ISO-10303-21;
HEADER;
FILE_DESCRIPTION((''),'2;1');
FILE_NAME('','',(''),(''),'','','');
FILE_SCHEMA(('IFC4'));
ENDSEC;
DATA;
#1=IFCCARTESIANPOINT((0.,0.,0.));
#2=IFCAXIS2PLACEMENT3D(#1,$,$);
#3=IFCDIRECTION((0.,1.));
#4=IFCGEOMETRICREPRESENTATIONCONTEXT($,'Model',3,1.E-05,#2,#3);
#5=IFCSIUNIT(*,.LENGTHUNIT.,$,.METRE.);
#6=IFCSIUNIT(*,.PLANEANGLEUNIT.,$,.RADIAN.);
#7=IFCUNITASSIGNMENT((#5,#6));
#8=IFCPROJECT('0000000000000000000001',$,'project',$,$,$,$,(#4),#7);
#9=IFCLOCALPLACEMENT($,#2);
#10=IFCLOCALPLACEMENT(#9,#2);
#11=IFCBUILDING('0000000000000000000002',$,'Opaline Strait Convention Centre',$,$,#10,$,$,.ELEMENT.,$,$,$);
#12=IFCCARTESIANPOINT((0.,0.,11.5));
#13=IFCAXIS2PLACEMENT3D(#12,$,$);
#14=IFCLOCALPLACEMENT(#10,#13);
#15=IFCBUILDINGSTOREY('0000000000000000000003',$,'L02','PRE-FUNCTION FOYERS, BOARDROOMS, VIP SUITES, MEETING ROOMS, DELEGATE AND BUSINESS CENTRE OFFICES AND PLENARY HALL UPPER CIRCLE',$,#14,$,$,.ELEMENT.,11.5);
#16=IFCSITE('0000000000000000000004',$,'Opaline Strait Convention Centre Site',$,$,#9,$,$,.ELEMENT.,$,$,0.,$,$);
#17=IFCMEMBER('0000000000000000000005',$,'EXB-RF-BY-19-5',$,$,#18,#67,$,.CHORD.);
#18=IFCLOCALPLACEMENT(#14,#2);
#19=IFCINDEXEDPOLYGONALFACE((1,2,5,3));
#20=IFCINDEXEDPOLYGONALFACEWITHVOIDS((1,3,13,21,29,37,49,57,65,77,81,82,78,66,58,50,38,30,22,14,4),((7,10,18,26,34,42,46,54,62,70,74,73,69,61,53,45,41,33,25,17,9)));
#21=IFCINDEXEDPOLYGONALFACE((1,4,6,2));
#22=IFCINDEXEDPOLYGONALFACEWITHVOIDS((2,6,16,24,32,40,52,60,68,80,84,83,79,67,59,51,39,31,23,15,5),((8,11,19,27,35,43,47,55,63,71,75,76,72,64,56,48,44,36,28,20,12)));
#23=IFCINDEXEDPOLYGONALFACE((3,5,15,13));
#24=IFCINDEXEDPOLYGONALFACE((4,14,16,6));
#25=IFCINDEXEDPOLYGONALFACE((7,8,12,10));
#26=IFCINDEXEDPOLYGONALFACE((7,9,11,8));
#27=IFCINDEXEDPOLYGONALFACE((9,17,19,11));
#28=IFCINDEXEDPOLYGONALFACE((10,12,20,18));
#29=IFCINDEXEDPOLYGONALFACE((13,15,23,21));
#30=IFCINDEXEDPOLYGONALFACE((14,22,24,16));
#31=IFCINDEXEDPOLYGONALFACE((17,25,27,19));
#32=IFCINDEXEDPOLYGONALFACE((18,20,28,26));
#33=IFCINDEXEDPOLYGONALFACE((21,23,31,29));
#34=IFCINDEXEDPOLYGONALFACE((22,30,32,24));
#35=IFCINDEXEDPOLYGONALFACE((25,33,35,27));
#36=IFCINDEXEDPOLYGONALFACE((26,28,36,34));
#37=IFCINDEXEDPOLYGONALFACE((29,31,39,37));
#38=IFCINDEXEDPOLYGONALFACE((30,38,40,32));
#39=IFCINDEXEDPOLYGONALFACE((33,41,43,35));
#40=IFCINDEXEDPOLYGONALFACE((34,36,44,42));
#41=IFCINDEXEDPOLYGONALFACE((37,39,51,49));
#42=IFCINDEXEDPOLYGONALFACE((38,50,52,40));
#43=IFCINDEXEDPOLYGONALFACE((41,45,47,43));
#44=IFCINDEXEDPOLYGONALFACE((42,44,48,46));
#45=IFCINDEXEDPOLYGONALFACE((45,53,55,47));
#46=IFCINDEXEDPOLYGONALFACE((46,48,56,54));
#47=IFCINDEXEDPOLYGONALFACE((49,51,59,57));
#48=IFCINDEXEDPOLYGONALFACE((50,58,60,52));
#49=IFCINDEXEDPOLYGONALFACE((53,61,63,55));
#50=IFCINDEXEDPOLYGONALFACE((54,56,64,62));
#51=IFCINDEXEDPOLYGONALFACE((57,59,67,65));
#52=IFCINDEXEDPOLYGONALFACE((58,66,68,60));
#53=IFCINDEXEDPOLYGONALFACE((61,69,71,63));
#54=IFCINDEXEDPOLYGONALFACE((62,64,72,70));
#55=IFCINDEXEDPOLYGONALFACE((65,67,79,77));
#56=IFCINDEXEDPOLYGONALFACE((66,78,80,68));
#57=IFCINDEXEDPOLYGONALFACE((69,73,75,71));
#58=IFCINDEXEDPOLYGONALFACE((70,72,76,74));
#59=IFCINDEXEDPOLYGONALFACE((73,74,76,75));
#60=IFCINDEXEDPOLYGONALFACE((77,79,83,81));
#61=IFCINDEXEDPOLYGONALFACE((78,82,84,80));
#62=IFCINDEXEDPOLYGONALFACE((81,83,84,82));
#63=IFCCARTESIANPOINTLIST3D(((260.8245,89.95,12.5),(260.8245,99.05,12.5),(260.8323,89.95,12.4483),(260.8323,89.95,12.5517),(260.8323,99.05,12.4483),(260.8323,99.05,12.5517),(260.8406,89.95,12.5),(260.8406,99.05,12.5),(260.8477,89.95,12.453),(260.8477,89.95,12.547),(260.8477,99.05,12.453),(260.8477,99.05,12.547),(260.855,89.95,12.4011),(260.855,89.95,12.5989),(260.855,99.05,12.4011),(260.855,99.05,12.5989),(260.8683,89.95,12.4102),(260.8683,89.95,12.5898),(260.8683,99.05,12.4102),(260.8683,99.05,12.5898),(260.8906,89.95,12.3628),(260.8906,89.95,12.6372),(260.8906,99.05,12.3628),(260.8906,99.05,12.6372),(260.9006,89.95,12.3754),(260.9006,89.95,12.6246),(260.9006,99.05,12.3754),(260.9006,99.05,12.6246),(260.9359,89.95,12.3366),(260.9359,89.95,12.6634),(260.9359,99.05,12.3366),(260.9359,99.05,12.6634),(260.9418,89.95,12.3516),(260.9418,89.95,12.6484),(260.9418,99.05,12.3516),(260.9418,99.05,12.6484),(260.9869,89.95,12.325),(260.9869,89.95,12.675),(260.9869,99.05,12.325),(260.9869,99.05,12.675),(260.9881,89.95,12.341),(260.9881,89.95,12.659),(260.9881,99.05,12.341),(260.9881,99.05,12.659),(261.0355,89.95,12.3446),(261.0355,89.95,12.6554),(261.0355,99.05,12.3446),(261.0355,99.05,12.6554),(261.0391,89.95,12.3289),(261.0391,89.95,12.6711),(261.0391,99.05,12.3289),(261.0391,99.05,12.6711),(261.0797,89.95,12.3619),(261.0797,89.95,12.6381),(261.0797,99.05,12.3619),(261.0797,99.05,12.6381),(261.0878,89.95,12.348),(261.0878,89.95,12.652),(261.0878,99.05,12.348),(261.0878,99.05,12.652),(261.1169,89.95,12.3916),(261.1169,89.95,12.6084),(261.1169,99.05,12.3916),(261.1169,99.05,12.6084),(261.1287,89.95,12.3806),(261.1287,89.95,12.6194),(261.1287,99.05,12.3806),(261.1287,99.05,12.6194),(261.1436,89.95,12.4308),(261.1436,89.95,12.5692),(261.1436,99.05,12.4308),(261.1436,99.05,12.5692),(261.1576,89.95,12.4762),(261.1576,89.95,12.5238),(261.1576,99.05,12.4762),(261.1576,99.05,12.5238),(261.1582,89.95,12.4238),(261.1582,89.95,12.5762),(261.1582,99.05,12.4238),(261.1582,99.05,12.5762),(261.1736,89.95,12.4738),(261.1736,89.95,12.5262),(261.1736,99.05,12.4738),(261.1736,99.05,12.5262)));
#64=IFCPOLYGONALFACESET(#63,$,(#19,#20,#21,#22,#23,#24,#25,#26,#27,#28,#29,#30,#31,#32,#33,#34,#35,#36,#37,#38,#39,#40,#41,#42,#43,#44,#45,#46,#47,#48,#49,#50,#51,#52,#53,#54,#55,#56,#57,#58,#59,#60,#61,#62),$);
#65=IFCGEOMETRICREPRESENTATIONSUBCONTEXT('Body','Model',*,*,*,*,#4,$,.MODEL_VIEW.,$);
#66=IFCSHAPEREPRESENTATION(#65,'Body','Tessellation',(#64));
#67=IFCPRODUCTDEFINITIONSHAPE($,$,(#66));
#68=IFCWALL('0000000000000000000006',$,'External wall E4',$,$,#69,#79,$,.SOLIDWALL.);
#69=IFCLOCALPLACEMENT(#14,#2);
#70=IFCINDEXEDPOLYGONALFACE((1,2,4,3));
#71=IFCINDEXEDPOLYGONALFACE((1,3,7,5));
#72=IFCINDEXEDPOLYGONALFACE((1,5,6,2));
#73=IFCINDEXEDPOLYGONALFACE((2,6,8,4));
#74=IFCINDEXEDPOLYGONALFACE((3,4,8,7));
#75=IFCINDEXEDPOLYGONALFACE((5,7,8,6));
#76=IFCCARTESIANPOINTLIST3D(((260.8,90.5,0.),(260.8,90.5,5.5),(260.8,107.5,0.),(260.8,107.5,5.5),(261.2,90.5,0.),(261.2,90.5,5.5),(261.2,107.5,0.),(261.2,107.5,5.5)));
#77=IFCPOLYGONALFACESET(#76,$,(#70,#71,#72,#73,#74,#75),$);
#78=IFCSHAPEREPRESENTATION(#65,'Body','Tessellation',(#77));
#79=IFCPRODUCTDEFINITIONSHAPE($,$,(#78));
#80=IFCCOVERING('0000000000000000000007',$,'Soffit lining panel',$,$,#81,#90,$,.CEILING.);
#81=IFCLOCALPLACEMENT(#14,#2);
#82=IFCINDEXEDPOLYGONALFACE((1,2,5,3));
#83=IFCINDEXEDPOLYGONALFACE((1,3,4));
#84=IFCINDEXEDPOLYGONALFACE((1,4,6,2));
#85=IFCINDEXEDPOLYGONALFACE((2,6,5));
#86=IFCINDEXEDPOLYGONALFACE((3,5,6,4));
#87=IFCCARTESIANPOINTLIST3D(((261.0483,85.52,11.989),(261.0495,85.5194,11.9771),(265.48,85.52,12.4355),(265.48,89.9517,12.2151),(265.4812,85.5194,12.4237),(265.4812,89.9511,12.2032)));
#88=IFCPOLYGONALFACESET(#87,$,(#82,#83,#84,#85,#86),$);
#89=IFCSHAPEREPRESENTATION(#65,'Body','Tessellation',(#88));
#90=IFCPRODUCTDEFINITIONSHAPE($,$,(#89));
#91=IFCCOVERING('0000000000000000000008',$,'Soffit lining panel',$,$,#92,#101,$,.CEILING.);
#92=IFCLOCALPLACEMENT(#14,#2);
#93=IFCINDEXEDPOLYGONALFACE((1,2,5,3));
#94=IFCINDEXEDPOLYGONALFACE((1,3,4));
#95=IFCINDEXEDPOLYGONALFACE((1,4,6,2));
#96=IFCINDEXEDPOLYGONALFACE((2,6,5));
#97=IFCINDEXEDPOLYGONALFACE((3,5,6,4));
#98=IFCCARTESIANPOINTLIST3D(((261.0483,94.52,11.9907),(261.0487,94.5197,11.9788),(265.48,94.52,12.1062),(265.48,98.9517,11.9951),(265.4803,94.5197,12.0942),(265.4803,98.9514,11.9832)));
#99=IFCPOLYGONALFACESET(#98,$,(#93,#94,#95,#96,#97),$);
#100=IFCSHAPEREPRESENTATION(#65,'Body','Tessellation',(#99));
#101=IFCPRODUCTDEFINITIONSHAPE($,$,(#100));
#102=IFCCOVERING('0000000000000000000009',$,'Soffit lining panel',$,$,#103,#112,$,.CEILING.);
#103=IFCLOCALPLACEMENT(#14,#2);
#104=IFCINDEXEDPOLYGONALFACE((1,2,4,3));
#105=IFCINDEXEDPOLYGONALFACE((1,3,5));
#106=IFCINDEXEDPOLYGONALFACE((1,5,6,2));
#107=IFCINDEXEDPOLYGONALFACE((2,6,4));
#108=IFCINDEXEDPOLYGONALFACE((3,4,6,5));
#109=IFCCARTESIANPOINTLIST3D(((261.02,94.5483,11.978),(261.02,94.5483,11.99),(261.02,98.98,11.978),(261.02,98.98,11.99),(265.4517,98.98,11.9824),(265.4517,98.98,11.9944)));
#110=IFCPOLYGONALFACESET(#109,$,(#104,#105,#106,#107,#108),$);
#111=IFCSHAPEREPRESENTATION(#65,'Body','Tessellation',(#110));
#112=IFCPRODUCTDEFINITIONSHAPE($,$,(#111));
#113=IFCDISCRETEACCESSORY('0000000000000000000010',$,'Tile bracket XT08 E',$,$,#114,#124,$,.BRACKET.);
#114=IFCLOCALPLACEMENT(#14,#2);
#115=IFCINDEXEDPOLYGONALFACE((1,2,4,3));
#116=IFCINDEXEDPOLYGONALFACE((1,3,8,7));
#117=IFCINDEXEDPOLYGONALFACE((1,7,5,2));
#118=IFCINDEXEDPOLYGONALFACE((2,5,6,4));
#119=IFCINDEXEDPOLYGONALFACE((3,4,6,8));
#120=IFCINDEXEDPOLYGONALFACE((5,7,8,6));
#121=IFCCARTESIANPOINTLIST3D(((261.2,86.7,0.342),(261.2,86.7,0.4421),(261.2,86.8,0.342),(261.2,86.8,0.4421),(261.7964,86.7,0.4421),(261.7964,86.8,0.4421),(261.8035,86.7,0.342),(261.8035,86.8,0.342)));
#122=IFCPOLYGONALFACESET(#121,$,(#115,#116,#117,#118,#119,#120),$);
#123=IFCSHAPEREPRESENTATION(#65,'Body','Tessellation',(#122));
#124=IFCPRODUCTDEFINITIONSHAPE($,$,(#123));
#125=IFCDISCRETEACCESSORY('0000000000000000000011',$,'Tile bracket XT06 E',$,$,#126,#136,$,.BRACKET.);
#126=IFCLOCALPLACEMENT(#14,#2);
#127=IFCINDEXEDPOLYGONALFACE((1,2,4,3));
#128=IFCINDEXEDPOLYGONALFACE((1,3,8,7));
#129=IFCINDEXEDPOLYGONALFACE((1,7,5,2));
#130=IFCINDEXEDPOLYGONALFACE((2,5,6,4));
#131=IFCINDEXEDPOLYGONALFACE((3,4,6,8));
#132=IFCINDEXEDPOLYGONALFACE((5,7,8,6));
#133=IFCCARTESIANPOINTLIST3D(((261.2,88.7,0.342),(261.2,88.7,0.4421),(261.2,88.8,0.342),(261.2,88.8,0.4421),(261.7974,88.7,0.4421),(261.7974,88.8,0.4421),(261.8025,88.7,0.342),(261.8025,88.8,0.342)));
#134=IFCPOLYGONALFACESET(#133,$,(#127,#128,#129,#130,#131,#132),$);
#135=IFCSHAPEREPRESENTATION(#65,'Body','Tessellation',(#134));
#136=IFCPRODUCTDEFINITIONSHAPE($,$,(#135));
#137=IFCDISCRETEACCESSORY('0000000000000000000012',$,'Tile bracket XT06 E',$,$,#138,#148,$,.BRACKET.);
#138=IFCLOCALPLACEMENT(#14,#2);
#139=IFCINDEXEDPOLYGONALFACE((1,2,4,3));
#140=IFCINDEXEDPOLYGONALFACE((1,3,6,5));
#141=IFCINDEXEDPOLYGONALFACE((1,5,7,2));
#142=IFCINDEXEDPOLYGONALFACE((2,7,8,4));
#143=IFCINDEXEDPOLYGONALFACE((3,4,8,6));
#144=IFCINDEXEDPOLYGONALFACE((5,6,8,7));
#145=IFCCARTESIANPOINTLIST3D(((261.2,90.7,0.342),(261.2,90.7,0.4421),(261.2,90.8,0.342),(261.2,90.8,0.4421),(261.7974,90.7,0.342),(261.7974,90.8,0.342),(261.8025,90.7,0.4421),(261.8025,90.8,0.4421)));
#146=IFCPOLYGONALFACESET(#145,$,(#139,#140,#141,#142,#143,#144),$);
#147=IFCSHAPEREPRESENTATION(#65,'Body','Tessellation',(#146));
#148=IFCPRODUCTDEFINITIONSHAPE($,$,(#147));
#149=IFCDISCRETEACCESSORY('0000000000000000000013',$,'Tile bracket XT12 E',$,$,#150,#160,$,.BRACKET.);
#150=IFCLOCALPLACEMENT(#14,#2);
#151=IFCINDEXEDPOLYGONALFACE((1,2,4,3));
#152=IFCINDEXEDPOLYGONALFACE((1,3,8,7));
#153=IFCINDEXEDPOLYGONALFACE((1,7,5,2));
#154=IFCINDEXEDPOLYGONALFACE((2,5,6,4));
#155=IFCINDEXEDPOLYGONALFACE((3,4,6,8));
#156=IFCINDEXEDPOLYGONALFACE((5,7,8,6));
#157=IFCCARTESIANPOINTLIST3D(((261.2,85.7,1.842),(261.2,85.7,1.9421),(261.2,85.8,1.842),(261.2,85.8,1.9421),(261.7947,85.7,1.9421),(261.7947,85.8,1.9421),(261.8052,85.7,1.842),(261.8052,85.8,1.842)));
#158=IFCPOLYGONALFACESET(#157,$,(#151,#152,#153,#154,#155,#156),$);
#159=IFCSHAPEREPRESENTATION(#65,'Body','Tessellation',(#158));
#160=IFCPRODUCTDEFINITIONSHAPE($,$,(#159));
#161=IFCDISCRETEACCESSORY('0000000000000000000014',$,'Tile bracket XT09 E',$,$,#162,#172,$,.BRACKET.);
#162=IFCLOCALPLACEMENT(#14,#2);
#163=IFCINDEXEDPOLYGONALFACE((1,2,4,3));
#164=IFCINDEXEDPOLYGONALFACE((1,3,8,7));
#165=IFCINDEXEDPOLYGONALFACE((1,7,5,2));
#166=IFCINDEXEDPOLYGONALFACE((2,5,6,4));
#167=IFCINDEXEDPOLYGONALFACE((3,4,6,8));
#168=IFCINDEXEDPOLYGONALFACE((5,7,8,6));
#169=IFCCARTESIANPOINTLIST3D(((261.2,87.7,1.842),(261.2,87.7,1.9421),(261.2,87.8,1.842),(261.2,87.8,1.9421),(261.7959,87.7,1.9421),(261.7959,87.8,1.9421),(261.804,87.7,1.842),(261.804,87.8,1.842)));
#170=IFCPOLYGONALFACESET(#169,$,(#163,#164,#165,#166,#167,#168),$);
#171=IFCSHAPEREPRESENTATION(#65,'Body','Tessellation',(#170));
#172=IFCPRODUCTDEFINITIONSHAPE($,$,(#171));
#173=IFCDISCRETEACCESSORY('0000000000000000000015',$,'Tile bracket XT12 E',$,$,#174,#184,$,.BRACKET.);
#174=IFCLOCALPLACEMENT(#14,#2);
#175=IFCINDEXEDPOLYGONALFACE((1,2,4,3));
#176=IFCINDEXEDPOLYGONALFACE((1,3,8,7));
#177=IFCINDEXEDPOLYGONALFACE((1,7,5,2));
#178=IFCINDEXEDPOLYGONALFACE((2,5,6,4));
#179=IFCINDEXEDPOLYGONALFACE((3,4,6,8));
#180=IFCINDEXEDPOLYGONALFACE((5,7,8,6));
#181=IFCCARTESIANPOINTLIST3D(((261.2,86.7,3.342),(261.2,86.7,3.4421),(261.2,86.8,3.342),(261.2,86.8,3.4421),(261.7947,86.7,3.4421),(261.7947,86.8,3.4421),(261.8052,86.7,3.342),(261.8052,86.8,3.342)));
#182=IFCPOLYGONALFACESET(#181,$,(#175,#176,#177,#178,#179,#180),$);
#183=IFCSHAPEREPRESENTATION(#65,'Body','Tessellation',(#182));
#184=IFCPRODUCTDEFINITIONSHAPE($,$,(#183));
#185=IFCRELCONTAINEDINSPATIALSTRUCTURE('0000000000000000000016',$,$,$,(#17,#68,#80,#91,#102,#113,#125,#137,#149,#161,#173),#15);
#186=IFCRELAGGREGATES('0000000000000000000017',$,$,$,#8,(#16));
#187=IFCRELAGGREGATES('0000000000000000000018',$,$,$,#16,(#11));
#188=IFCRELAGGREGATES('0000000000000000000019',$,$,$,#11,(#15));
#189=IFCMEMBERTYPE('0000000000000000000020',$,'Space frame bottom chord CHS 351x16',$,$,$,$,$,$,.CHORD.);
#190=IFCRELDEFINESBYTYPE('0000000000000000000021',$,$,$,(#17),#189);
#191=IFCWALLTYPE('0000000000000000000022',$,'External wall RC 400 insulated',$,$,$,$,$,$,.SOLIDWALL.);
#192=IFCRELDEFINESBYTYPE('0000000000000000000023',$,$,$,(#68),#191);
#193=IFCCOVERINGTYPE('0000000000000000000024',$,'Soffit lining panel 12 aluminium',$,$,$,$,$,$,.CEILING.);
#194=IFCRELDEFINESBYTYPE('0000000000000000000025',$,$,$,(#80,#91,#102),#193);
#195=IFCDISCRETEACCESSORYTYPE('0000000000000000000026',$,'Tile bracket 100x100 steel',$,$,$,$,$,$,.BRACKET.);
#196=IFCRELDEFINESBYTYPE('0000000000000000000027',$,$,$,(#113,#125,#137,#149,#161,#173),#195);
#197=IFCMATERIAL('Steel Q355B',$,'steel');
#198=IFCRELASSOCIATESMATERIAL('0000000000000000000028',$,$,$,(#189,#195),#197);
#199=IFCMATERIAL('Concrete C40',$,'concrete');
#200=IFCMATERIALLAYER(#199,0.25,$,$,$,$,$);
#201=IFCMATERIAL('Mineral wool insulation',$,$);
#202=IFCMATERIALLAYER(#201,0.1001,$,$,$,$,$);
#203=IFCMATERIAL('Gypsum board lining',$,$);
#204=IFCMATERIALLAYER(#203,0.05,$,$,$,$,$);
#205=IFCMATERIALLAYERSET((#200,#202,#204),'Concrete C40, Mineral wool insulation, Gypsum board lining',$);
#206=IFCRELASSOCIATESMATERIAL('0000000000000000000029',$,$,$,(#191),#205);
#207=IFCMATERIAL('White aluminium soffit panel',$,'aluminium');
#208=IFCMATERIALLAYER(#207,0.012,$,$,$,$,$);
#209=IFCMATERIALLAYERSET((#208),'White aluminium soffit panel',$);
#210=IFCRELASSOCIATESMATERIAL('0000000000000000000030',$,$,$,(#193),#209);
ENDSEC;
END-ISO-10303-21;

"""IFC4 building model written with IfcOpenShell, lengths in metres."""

from ifc_helpers import new_model, si_unit, direction, frame, frame_2d, origin, origin_2d, place, context, subcontext, project, spatial, polyline, rectangle, hollow_circle, outline, extrude, material, layer, layer_set, material_profile, profile_set, type_object, element, save


model = new_model("IFC4")

# Units and contexts
model_context = context("Model", 3, precision=1e-05, world=origin(), true_north=direction((0.0, 1.0)))
body_context = subcontext(model_context, "Body", "Model", "MODEL_VIEW")
ifc_project = project(units=[si_unit("LENGTHUNIT", "METRE"), si_unit("PLANEANGLEUNIT", "RADIAN")], contexts=[model_context])

# Site, building, storey
site_placement = place(None, origin())
site = spatial("IfcSite", under=ifc_project, at=site_placement, Name="Opaline Strait Convention Centre Site", CompositionType="ELEMENT", RefElevation=0.0)
building_placement = place(site_placement, origin())
building = spatial("IfcBuilding", under=site, at=building_placement, Name="Opaline Strait Convention Centre", CompositionType="ELEMENT")
storey_placement = place(building_placement, frame((0.0, 0.0, 11.5)))
storey = spatial("IfcBuildingStorey", under=building, at=storey_placement, Name="L02", Description="PRE-FUNCTION FOYERS, BOARDROOMS, VIP SUITES, MEETING ROOMS, DELEGATE AND BUSINESS CENTRE OFFICES AND PLENARY HALL UPPER CIRCLE", CompositionType="ELEMENT", Elevation=11.5)

# Shared definitions
ifc_material_1 = material(Name="Steel Q355B", Category="steel")

# Member
ifc_material_profile_1 = material_profile(ifc_material_1, hollow_circle(Radius=0.1755, WallThickness=0.0161, at=origin_2d()), Name="CHS 351x16")
ifc_profile_set_1 = profile_set([ifc_material_profile_1], Name="Steel Q355B")
member_type = type_object("IfcMemberType", Name="Space frame bottom chord CHS 351x16", PredefinedType="CHORD", material=ifc_profile_set_1)
for number, where, z_axis, x_axis, name in (
    (1, (261.0, 89.95, 12.5), (0.0, 1.0, 0.0), (-1.0, 0.0, 0.0), "EXB-RF-BY-19-5"),
):
    element("IfcMember", number, at=place(storey_placement, frame(where, z_axis=z_axis, x_axis=x_axis)), inside=storey, type_object=member_type, Name=name, PredefinedType="CHORD", context=body_context, shape_type="SweptSolid", body=[
        extrude(hollow_circle(Radius=0.1755, WallThickness=0.0161, at=origin_2d()), origin(), (0.0, 0.0, 1.0), 9.1001),
    ])

# Wall
ifc_material_2 = material(Name="Concrete C40", Category="concrete")
ifc_layer_1 = layer(ifc_material_2, 0.25)
ifc_material_3 = material(Name="Mineral wool insulation")
ifc_layer_2 = layer(ifc_material_3, 0.1001)
ifc_material_4 = material(Name="Gypsum board lining")
ifc_layer_3 = layer(ifc_material_4, 0.05)
ifc_layer_set_1 = layer_set([ifc_layer_1, ifc_layer_2, ifc_layer_3], Name="Concrete C40, Mineral wool insulation, Gypsum board lining")
wall_type = type_object("IfcWallType", Name="External wall RC 400 insulated", PredefinedType="SOLIDWALL", material=ifc_layer_set_1)
wall_placement = place(storey_placement, frame((261.0, 90.5, 0.0), z_axis=(0.0, 0.0, 1.0), x_axis=(0.0, 1.0, 0.0)))
element("IfcWall", 2, at=wall_placement, inside=storey, type_object=wall_type, Name="External wall E4", PredefinedType="SOLIDWALL", context=body_context, shape_type="SweptSolid", body=[
    extrude(rectangle(XDim=17.0, YDim=0.3999, at=frame_2d((8.5, 0.0))), origin(), (0.0, 0.0, 1.0), 5.5),
])

# Coverings
ifc_material_5 = material(Name="White aluminium soffit panel", Category="aluminium")
ifc_layer_4 = layer(ifc_material_5, 0.012)
ifc_layer_set_2 = layer_set([ifc_layer_4], Name="White aluminium soffit panel")
covering_type = type_object("IfcCoveringType", Name="Soffit lining panel 12 aluminium", PredefinedType="CEILING", material=ifc_layer_set_2)
covering_1_placement = place(storey_placement, frame((261.0483, 85.52, 11.989), z_axis=(-0.10013, 0.049435, 0.993745), x_axis=(0.706647, 0.706647, 0.036049)))
element("IfcCovering", 3, at=covering_1_placement, inside=storey, type_object=covering_type, Name="Soffit lining panel", PredefinedType="CEILING", context=body_context, shape_type="SweptSolid", body=[
    extrude(outline(polyline([(0.0, 0.0), (6.2714, 0.0), (3.1477, -3.1513), (0.0, 0.0)])), origin(), (0.0, 0.0, -1.0), 0.012),
])
covering_2_placement = place(storey_placement, frame((261.0483, 94.52, 11.9907), z_axis=(-0.026041, 0.02505, 0.999347), x_axis=(0.707107, 0.707107, 0.000701)))
element("IfcCovering", 4, at=covering_2_placement, inside=storey, type_object=covering_type, Name="Soffit lining panel", PredefinedType="CEILING", context=body_context, shape_type="SweptSolid", body=[
    extrude(outline(polyline([(0.0, 0.0), (6.2673, 0.0), (3.1337, -3.1357), (0.0, 0.0)])), origin(), (0.0, 0.0, -1.0), 0.012),
])
covering_3_placement = place(storey_placement, frame((261.02, 94.5483, 11.99), z_axis=(-0.000992, 0.0, 1.0), x_axis=(0.0, 1.0, 0.0)))
element("IfcCovering", 5, at=covering_3_placement, inside=storey, type_object=covering_type, Name="Soffit lining panel", PredefinedType="CEILING", context=body_context, shape_type="SweptSolid", body=[
    extrude(outline(polyline([(0.0, 0.0), (4.4316, 0.0), (4.4316, -4.4316), (0.0, 0.0)])), origin(), (0.0, 0.0, -1.0), 0.012),
])

# Discrete accessories
discrete_accessory_type = type_object("IfcDiscreteAccessoryType", Name="Tile bracket 100x100 steel", PredefinedType="BRACKET", material=ifc_material_1)
discrete_accessory_1_placement = place(storey_placement, frame((261.2, 86.7, 0.3921), z_axis=(0.0, 1.0, 0.0), x_axis=(-1.0, 0.0, 0.0)))
element("IfcDiscreteAccessory", 6, at=discrete_accessory_1_placement, inside=storey, type_object=discrete_accessory_type, Name="Tile bracket XT08 E", PredefinedType="BRACKET", context=body_context, shape_type="SweptSolid", body=[
    extrude(outline(polyline([(0.0, -0.05), (0.0, 0.05), (-0.5964, 0.05), (-0.6035, -0.05), (0.0, -0.05)])), origin(), (0.0, 0.0, 1.0), 0.1001),
])
discrete_accessory_2_placement = place(storey_placement, frame((261.2, 88.7, 0.3921), z_axis=(0.0, 1.0, 0.0), x_axis=(-1.0, 0.0, 0.0)))
element("IfcDiscreteAccessory", 7, at=discrete_accessory_2_placement, inside=storey, type_object=discrete_accessory_type, Name="Tile bracket XT06 E", PredefinedType="BRACKET", context=body_context, shape_type="SweptSolid", body=[
    extrude(outline(polyline([(0.0, -0.05), (0.0, 0.05), (-0.5974, 0.05), (-0.6025, -0.05), (0.0, -0.05)])), origin(), (0.0, 0.0, 1.0), 0.1001),
])
discrete_accessory_3_placement = place(storey_placement, frame((261.2, 90.7, 0.3921), z_axis=(0.0, 1.0, 0.0), x_axis=(-1.0, 0.0, 0.0)))
element("IfcDiscreteAccessory", 8, at=discrete_accessory_3_placement, inside=storey, type_object=discrete_accessory_type, Name="Tile bracket XT06 E", PredefinedType="BRACKET", context=body_context, shape_type="SweptSolid", body=[
    extrude(outline(polyline([(0.0, -0.05), (0.0, 0.05), (-0.6025, 0.05), (-0.5974, -0.05), (0.0, -0.05)])), origin(), (0.0, 0.0, 1.0), 0.1001),
])
discrete_accessory_4_placement = place(storey_placement, frame((261.2, 85.7, 1.8921), z_axis=(0.0, 1.0, 0.0), x_axis=(-1.0, 0.0, 0.0)))
element("IfcDiscreteAccessory", 9, at=discrete_accessory_4_placement, inside=storey, type_object=discrete_accessory_type, Name="Tile bracket XT12 E", PredefinedType="BRACKET", context=body_context, shape_type="SweptSolid", body=[
    extrude(outline(polyline([(0.0, -0.05), (0.0, 0.05), (-0.5947, 0.05), (-0.6052, -0.05), (0.0, -0.05)])), origin(), (0.0, 0.0, 1.0), 0.1001),
])
discrete_accessory_5_placement = place(storey_placement, frame((261.2, 87.7, 1.8921), z_axis=(0.0, 1.0, 0.0), x_axis=(-1.0, 0.0, 0.0)))
element("IfcDiscreteAccessory", 10, at=discrete_accessory_5_placement, inside=storey, type_object=discrete_accessory_type, Name="Tile bracket XT09 E", PredefinedType="BRACKET", context=body_context, shape_type="SweptSolid", body=[
    extrude(outline(polyline([(0.0, -0.05), (0.0, 0.05), (-0.5959, 0.05), (-0.604, -0.05), (0.0, -0.05)])), origin(), (0.0, 0.0, 1.0), 0.1001),
])
discrete_accessory_6_placement = place(storey_placement, frame((261.2, 86.7, 3.3921), z_axis=(0.0, 1.0, 0.0), x_axis=(-1.0, 0.0, 0.0)))
element("IfcDiscreteAccessory", 11, at=discrete_accessory_6_placement, inside=storey, type_object=discrete_accessory_type, Name="Tile bracket XT12 E", PredefinedType="BRACKET", context=body_context, shape_type="SweptSolid", body=[
    extrude(outline(polyline([(0.0, -0.05), (0.0, 0.05), (-0.5947, 0.05), (-0.6052, -0.05), (0.0, -0.05)])), origin(), (0.0, 0.0, 1.0), 0.1001),
])

save(model, "model.ifc")
